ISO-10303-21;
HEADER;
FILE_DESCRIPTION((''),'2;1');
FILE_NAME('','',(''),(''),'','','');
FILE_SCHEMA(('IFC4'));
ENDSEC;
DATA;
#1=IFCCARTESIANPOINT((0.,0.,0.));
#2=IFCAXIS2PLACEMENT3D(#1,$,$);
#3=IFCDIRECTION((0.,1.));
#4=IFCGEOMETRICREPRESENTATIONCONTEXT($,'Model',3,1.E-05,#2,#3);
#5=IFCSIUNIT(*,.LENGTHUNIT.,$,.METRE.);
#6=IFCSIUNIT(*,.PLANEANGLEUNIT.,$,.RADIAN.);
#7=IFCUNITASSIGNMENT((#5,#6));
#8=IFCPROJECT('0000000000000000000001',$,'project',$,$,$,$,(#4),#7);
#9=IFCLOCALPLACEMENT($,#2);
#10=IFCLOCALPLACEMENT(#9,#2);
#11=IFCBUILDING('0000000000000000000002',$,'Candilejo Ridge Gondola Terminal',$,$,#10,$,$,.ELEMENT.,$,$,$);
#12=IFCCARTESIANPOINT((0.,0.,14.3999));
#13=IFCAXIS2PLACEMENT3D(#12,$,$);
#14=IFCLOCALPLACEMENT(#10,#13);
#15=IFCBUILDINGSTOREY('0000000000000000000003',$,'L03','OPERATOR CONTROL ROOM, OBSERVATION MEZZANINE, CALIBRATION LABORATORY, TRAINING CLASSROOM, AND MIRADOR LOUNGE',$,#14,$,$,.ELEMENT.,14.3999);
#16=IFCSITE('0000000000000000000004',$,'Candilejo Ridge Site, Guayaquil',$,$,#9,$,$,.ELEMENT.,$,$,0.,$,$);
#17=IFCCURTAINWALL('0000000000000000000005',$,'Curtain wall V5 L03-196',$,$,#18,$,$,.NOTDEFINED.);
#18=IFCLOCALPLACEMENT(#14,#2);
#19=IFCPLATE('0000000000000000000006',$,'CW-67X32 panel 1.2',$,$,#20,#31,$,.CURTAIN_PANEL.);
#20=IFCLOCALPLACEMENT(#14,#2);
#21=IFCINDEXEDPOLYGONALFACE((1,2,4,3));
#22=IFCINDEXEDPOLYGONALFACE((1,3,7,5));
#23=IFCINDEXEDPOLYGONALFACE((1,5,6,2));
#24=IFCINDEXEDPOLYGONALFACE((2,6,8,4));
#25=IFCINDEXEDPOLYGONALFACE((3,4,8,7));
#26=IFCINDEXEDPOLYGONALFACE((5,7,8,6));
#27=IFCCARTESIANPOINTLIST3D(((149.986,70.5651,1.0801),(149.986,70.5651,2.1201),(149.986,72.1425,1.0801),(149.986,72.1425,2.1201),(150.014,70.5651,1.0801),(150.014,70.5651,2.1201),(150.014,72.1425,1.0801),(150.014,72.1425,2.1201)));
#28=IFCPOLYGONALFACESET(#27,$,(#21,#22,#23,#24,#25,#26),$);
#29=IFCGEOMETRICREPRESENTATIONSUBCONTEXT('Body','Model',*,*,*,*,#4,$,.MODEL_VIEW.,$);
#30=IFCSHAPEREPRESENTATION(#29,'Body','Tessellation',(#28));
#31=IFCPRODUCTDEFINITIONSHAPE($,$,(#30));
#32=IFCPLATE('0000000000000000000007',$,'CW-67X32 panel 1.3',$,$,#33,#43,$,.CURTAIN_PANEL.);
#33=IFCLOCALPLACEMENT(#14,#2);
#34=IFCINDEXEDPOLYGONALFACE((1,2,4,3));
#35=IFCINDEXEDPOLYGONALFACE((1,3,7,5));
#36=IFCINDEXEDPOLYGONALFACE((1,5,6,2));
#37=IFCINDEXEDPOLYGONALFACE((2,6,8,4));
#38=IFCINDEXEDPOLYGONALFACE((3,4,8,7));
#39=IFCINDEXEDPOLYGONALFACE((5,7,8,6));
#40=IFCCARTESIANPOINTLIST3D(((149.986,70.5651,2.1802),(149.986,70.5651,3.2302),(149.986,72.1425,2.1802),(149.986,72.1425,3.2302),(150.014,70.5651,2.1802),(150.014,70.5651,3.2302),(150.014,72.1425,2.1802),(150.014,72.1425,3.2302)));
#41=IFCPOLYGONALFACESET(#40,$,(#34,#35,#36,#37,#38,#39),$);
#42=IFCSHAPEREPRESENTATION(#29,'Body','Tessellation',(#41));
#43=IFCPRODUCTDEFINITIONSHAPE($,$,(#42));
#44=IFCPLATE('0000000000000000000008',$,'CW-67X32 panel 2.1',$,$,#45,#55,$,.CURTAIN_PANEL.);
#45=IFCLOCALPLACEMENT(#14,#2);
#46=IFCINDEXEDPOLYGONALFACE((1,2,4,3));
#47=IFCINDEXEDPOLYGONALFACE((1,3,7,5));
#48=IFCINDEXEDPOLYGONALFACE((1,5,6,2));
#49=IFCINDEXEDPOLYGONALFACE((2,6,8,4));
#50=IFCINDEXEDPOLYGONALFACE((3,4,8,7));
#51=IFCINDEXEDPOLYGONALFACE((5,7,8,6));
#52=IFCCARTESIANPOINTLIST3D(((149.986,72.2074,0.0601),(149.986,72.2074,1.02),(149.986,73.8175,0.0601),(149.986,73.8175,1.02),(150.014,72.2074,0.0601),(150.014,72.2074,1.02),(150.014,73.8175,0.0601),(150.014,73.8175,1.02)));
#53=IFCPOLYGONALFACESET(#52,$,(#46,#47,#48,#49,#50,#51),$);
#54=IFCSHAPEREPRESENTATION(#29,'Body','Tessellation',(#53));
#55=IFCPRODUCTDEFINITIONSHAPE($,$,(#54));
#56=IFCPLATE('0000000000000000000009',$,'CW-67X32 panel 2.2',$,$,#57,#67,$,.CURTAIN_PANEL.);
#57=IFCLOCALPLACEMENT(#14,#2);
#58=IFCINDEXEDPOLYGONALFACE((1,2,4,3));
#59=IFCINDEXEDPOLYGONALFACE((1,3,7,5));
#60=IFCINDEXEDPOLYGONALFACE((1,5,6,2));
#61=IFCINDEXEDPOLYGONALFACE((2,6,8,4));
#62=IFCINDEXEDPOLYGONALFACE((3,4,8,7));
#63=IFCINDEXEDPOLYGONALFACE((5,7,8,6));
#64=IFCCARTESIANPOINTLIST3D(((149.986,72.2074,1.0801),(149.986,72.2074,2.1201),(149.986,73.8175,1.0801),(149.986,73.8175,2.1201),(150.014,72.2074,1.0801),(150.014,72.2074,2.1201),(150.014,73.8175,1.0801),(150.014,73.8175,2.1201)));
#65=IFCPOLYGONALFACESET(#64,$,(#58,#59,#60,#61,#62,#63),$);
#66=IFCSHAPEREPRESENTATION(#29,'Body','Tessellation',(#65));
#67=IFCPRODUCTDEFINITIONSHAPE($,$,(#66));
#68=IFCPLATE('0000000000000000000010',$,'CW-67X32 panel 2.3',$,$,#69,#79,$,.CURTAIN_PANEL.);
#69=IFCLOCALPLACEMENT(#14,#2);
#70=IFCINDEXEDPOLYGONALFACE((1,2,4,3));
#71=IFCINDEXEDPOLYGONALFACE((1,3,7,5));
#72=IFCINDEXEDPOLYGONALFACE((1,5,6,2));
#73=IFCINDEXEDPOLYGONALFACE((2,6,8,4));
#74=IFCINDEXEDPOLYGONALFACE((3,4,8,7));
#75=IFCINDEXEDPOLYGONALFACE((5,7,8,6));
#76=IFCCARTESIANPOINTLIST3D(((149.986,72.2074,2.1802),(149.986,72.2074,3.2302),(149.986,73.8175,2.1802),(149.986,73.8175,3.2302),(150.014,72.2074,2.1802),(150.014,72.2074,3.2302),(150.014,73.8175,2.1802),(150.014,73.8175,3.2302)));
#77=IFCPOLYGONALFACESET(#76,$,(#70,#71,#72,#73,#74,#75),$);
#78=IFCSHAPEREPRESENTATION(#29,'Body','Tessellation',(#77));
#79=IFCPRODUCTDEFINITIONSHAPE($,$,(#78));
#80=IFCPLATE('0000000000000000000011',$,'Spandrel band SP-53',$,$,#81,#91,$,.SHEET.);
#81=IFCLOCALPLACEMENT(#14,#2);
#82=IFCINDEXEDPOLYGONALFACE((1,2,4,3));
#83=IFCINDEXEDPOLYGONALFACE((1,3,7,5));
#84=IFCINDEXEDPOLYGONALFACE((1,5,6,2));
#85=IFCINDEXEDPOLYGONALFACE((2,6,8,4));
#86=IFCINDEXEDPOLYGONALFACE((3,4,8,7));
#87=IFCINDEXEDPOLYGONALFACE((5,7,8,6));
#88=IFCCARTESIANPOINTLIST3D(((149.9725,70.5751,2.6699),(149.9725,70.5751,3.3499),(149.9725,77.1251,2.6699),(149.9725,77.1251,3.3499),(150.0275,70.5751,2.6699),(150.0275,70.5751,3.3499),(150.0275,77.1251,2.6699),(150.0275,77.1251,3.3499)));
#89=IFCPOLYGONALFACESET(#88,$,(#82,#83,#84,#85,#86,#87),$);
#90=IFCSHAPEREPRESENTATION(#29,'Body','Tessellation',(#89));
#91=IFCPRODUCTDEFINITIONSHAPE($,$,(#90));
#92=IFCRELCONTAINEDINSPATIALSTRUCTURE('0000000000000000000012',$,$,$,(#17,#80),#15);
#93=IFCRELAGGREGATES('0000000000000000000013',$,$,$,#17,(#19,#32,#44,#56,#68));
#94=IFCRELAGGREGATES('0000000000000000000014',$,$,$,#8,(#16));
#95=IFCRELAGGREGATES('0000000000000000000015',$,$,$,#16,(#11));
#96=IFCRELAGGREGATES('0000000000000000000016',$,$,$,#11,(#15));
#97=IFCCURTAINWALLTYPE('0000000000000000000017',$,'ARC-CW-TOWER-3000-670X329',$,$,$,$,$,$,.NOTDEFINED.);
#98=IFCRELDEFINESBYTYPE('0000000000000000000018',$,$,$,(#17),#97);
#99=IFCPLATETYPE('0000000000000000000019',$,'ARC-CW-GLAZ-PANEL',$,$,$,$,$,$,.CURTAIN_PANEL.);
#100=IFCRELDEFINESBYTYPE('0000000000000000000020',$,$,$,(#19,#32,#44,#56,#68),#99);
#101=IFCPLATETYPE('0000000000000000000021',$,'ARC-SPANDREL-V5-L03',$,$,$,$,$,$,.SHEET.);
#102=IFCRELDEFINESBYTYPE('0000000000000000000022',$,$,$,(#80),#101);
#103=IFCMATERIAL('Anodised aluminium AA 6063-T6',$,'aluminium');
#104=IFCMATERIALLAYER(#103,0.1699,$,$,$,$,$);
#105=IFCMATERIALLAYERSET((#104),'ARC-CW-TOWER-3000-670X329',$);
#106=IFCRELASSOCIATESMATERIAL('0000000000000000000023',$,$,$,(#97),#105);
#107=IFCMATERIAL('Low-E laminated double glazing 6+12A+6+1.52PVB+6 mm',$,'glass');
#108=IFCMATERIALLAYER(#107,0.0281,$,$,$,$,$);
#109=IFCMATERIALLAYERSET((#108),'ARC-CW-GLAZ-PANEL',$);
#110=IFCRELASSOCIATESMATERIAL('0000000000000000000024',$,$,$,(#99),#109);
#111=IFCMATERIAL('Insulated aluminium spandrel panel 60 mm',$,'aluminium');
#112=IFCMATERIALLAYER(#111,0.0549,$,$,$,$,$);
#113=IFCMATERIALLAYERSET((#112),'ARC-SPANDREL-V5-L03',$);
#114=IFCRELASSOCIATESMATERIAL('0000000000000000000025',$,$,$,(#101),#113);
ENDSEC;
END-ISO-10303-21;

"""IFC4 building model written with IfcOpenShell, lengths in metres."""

from ifc_helpers import new_model, si_unit, direction, frame, origin, origin_2d, place, context, subcontext, project, spatial, rectangle, extrude, material, layer, layer_set, type_object, element, aggregate, save


model = new_model("IFC4")

# Units and contexts
model_context = context("Model", 3, precision=1e-05, world=origin(), true_north=direction((0.0, 1.0)))
body_context = subcontext(model_context, "Body", "Model", "MODEL_VIEW")
ifc_project = project(units=[si_unit("LENGTHUNIT", "METRE"), si_unit("PLANEANGLEUNIT", "RADIAN")], contexts=[model_context])

# Site, building, storey
site_placement = place(None, origin())
site = spatial("IfcSite", under=ifc_project, at=site_placement, Name="Candilejo Ridge Site, Guayaquil", CompositionType="ELEMENT", RefElevation=0.0)
building_placement = place(site_placement, origin())
building = spatial("IfcBuilding", under=site, at=building_placement, Name="Candilejo Ridge Gondola Terminal", CompositionType="ELEMENT")
storey_placement = place(building_placement, frame((0.0, 0.0, 14.3999)))
storey = spatial("IfcBuildingStorey", under=building, at=storey_placement, Name="L03", Description="OPERATOR CONTROL ROOM, OBSERVATION MEZZANINE, CALIBRATION LABORATORY, TRAINING CLASSROOM, AND MIRADOR LOUNGE", CompositionType="ELEMENT", Elevation=14.3999)

# Curtain wall, plates
ifc_material_1 = material(Name="Anodised aluminium AA 6063-T6", Category="aluminium")
ifc_layer_1 = layer(ifc_material_1, 0.1699)
ifc_layer_set_1 = layer_set([ifc_layer_1], Name="ARC-CW-TOWER-3000-670X329")
curtain_wall_type = type_object("IfcCurtainWallType", Name="ARC-CW-TOWER-3000-670X329", PredefinedType="NOTDEFINED", material=ifc_layer_set_1)
curtain_wall_placement = place(storey_placement, origin())
curtain_wall = element("IfcCurtainWall", 1, at=curtain_wall_placement, inside=storey, type_object=curtain_wall_type, Name="Curtain wall V5 L03-196", PredefinedType="NOTDEFINED")
ifc_material_2 = material(Name="Low-E laminated double glazing 6+12A+6+1.52PVB+6 mm", Category="glass")
ifc_layer_2 = layer(ifc_material_2, 0.0281)
ifc_layer_set_2 = layer_set([ifc_layer_2], Name="ARC-CW-GLAZ-PANEL")
plate_type_1 = type_object("IfcPlateType", Name="ARC-CW-GLAZ-PANEL", PredefinedType="CURTAIN_PANEL", material=ifc_layer_set_2)
plate_1_placement = place(storey_placement, frame((150.0, 71.3538, 1.0801), z_axis=(0.0, 0.0, 1.0), x_axis=(0.0, 1.0, 0.0)))
plate_1 = element("IfcPlate", 2, at=plate_1_placement, type_object=plate_type_1, Name="CW-67X32 panel 1.2", PredefinedType="CURTAIN_PANEL", context=body_context, shape_type="SweptSolid", body=[
    extrude(rectangle(XDim=1.5774, YDim=0.0281, at=origin_2d()), origin(), (0.0, 0.0, 1.0), 1.04),
])
plate_2_placement = place(storey_placement, frame((150.0, 71.3538, 2.1802), z_axis=(0.0, 0.0, 1.0), x_axis=(0.0, 1.0, 0.0)))
plate_2 = element("IfcPlate", 3, at=plate_2_placement, type_object=plate_type_1, Name="CW-67X32 panel 1.3", PredefinedType="CURTAIN_PANEL", context=body_context, shape_type="SweptSolid", body=[
    extrude(rectangle(XDim=1.5774, YDim=0.0281, at=origin_2d()), origin(), (0.0, 0.0, 1.0), 1.05),
])
plate_3_placement = place(storey_placement, frame((150.0, 73.0125, 0.0601), z_axis=(0.0, 0.0, 1.0), x_axis=(0.0, 1.0, 0.0)))
plate_3 = element("IfcPlate", 4, at=plate_3_placement, type_object=plate_type_1, Name="CW-67X32 panel 2.1", PredefinedType="CURTAIN_PANEL", context=body_context, shape_type="SweptSolid", body=[
    extrude(rectangle(XDim=1.6101, YDim=0.0281, at=origin_2d()), origin(), (0.0, 0.0, 1.0), 0.96),
])
plate_4_placement = place(storey_placement, frame((150.0, 73.0125, 1.0801), z_axis=(0.0, 0.0, 1.0), x_axis=(0.0, 1.0, 0.0)))
plate_4 = element("IfcPlate", 5, at=plate_4_placement, type_object=plate_type_1, Name="CW-67X32 panel 2.2", PredefinedType="CURTAIN_PANEL", context=body_context, shape_type="SweptSolid", body=[
    extrude(rectangle(XDim=1.6101, YDim=0.0281, at=origin_2d()), origin(), (0.0, 0.0, 1.0), 1.04),
])
plate_5_placement = place(storey_placement, frame((150.0, 73.0125, 2.1802), z_axis=(0.0, 0.0, 1.0), x_axis=(0.0, 1.0, 0.0)))
plate_5 = element("IfcPlate", 6, at=plate_5_placement, type_object=plate_type_1, Name="CW-67X32 panel 2.3", PredefinedType="CURTAIN_PANEL", context=body_context, shape_type="SweptSolid", body=[
    extrude(rectangle(XDim=1.6101, YDim=0.0281, at=origin_2d()), origin(), (0.0, 0.0, 1.0), 1.05),
])
aggregate(curtain_wall, [plate_1, plate_2, plate_3, plate_4, plate_5])

# Plate
ifc_material_3 = material(Name="Insulated aluminium spandrel panel 60 mm", Category="aluminium")
ifc_layer_3 = layer(ifc_material_3, 0.0549)
ifc_layer_set_3 = layer_set([ifc_layer_3], Name="ARC-SPANDREL-V5-L03")
plate_type_2 = type_object("IfcPlateType", Name="ARC-SPANDREL-V5-L03", PredefinedType="SHEET", material=ifc_layer_set_3)
plate_6_placement = place(storey_placement, frame((150.0, 73.8501, 2.6699), z_axis=(0.0, 0.0, 1.0), x_axis=(0.0, 1.0, 0.0)))
element("IfcPlate", 7, at=plate_6_placement, inside=storey, type_object=plate_type_2, Name="Spandrel band SP-53", PredefinedType="SHEET", context=body_context, shape_type="SweptSolid", body=[
    extrude(rectangle(XDim=6.55, YDim=0.0549, at=origin_2d()), origin(), (0.0, 0.0, 1.0), 0.6799),
])

save(model, "model.ifc")
